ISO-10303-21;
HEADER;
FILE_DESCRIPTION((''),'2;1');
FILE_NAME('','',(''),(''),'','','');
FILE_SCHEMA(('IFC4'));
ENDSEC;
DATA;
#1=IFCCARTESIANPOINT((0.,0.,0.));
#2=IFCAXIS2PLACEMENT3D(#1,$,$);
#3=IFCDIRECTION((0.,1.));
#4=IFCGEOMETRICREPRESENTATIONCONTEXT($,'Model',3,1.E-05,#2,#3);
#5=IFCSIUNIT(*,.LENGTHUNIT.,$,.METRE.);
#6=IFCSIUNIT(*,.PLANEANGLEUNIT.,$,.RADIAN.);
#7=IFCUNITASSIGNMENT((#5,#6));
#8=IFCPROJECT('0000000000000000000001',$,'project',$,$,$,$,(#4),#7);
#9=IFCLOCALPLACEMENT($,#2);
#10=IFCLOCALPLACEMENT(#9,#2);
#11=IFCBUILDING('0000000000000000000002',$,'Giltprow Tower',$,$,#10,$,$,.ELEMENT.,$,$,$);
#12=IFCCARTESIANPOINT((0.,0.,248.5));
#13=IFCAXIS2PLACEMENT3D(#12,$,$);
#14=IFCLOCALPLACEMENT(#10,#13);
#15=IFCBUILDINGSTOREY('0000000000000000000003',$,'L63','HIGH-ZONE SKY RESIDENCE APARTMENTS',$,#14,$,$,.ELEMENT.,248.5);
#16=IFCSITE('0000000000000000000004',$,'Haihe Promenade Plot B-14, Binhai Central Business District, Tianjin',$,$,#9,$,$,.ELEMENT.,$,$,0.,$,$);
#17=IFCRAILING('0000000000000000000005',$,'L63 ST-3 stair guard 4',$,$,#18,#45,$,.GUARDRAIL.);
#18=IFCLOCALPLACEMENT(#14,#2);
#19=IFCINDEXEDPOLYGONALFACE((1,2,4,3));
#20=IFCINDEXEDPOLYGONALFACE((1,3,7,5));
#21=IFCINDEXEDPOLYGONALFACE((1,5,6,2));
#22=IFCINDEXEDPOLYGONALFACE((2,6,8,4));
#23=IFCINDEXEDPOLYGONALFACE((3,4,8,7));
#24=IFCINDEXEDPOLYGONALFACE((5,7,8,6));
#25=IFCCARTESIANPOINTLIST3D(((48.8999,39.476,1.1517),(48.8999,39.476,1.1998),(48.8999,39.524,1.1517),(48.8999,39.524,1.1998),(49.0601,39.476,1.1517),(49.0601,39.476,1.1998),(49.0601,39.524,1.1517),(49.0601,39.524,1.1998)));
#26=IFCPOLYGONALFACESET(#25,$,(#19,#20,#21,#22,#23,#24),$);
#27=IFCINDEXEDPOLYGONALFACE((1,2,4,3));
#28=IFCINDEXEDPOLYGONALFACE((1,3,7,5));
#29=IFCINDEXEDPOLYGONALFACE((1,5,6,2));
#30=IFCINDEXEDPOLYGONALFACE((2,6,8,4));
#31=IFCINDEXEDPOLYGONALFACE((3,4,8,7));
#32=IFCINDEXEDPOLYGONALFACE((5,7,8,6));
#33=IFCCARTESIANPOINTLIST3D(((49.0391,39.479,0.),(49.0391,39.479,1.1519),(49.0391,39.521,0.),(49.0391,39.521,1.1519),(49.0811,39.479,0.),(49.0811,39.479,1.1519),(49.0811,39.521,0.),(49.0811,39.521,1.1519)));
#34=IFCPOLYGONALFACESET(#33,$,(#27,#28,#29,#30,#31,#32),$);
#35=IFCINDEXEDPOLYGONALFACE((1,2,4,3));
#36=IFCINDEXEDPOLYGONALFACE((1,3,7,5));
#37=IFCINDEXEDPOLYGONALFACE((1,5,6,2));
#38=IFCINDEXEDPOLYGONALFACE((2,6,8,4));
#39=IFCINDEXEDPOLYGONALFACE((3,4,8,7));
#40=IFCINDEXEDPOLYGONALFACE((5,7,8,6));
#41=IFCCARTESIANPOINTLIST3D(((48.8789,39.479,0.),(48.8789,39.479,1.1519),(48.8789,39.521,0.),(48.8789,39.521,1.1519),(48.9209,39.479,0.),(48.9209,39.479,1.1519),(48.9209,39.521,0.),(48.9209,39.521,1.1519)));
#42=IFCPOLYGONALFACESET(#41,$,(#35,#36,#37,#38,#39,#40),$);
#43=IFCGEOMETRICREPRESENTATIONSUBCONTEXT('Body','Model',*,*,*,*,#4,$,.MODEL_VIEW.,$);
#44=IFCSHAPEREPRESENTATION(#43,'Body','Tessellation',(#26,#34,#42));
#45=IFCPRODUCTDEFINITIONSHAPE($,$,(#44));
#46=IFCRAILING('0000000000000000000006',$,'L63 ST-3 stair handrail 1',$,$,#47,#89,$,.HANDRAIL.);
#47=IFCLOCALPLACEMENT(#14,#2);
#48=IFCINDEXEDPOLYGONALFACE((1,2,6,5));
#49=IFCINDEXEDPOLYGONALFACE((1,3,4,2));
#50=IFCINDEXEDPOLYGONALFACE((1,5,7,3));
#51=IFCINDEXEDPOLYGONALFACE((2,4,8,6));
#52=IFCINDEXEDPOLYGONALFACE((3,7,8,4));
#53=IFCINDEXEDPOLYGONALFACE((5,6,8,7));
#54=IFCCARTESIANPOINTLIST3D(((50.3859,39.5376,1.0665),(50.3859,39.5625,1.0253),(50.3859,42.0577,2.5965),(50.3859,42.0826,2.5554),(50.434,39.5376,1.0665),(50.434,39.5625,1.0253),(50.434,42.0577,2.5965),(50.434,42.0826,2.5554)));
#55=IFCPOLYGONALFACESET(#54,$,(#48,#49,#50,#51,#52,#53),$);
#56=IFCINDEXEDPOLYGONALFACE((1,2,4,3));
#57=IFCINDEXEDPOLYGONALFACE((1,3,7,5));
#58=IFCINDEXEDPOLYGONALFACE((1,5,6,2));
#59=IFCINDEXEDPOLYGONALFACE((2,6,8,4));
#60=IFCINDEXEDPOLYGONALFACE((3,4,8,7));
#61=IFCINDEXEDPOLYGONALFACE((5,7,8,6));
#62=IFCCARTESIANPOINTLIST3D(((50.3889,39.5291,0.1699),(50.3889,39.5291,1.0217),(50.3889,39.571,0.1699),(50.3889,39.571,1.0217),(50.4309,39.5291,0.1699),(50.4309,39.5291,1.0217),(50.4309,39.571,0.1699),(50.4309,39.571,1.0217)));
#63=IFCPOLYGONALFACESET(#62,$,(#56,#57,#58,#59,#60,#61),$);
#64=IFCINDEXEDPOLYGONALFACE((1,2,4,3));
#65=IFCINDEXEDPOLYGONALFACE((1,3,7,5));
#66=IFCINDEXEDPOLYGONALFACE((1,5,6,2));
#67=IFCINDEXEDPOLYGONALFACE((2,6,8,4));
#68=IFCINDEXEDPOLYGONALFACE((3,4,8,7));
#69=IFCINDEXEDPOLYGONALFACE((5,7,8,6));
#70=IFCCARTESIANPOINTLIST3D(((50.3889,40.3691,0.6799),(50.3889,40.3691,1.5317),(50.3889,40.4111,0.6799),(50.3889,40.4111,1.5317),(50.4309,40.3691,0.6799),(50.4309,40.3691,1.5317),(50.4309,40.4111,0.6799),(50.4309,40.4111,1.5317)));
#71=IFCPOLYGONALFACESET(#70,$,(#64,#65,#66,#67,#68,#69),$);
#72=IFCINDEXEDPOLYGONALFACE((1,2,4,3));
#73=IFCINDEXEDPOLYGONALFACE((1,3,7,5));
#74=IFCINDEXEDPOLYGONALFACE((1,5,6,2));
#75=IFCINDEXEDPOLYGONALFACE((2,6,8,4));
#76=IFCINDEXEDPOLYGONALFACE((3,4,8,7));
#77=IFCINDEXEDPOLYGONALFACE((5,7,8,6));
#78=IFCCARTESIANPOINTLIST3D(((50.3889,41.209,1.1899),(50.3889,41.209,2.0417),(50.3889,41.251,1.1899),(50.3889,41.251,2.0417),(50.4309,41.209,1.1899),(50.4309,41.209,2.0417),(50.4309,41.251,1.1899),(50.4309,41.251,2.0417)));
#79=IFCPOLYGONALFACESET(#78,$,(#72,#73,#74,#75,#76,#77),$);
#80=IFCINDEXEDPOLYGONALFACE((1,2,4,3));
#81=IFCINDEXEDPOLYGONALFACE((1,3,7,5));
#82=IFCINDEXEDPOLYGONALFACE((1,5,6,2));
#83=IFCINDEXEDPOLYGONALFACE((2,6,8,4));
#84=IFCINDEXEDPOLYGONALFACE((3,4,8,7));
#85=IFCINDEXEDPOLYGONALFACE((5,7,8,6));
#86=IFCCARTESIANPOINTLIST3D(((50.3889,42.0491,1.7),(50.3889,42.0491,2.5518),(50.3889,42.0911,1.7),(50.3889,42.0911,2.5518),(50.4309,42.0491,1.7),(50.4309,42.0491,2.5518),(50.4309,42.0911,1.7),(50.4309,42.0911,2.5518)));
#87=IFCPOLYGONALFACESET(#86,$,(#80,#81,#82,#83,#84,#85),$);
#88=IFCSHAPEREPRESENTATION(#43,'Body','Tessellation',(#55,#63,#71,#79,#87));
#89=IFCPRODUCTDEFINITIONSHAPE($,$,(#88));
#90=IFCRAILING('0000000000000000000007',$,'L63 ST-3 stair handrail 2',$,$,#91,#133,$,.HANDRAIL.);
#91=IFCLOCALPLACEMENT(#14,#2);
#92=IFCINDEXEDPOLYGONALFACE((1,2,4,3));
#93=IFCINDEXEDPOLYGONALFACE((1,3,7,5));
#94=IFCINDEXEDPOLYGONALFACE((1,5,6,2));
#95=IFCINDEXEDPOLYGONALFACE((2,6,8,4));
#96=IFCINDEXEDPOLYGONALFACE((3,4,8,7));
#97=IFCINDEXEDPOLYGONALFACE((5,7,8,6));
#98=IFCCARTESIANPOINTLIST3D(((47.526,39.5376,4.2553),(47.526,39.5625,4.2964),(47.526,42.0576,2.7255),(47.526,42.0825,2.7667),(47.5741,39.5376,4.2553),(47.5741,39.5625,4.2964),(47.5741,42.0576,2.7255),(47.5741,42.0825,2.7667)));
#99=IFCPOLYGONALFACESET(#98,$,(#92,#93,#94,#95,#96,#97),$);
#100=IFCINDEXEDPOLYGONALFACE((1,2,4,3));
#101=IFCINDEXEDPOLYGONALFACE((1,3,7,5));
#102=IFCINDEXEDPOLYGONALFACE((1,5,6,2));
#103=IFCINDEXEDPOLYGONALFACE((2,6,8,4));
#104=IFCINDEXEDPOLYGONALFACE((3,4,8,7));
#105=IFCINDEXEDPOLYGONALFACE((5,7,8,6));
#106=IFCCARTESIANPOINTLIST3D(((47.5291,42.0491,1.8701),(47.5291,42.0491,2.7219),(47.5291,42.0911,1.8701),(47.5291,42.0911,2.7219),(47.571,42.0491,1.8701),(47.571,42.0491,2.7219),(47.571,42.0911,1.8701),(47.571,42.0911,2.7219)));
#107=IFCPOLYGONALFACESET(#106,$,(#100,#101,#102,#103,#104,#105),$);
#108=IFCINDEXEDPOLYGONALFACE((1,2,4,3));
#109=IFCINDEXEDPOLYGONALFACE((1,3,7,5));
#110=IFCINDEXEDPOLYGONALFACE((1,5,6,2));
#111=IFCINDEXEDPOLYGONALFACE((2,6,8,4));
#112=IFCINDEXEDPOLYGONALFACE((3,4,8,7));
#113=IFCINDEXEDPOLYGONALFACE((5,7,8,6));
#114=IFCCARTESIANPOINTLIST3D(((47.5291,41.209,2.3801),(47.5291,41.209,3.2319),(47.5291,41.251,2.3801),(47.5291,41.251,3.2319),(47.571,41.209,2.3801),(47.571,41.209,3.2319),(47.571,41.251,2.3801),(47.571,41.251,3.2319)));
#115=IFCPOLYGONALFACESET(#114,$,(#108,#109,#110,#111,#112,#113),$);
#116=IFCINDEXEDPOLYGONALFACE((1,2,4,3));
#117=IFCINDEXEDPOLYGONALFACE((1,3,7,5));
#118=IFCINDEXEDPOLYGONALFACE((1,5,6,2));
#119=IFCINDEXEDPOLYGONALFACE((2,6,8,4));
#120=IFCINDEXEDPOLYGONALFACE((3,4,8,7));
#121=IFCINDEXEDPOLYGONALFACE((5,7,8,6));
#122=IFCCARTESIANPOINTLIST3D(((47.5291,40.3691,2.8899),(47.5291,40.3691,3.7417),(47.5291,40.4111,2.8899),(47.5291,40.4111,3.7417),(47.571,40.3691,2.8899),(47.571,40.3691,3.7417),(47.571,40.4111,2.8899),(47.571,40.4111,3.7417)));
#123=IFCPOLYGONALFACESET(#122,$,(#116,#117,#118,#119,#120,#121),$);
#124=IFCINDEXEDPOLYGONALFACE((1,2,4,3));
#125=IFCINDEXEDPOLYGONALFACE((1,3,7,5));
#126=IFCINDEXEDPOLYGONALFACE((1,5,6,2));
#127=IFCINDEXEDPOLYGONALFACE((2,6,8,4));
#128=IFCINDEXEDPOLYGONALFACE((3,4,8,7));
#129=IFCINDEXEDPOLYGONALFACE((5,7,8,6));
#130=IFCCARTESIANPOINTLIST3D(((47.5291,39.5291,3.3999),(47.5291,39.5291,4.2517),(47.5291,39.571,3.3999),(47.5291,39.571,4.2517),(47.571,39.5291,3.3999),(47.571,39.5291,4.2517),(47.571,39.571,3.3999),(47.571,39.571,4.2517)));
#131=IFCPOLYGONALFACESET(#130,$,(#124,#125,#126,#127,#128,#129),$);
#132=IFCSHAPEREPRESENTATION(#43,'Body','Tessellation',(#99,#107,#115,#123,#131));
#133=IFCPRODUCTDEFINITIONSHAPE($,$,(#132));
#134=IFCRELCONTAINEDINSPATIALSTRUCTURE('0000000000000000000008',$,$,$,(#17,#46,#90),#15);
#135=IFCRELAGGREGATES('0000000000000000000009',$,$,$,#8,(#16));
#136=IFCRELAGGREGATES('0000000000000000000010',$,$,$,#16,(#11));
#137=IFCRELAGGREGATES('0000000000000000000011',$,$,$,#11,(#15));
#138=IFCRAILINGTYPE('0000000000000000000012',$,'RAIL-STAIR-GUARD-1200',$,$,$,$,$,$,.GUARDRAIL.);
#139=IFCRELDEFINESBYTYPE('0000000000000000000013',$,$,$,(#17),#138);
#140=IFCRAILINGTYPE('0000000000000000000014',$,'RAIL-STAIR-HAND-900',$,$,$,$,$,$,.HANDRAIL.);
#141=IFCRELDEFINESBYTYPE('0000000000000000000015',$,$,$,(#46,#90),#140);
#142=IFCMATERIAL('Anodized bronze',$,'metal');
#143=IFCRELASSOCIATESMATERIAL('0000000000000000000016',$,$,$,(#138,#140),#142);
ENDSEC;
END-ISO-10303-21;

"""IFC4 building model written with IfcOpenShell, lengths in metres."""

from ifc_helpers import new_model, si_unit, direction, frame, origin, origin_2d, place, context, subcontext, project, spatial, rectangle, extrude, material, type_object, element, save


model = new_model("IFC4")

# Units and contexts
model_context = context("Model", 3, precision=1e-05, world=origin(), true_north=direction((0.0, 1.0)))
body_context = subcontext(model_context, "Body", "Model", "MODEL_VIEW")
ifc_project = project(units=[si_unit("LENGTHUNIT", "METRE"), si_unit("PLANEANGLEUNIT", "RADIAN")], contexts=[model_context])

# Site, building, storey
site_placement = place(None, origin())
site = spatial("IfcSite", under=ifc_project, at=site_placement, Name="Haihe Promenade Plot B-14, Binhai Central Business District, Tianjin", CompositionType="ELEMENT", RefElevation=0.0)
building_placement = place(site_placement, origin())
building = spatial("IfcBuilding", under=site, at=building_placement, Name="Giltprow Tower", CompositionType="ELEMENT")
storey_placement = place(building_placement, frame((0.0, 0.0, 248.5)))
storey = spatial("IfcBuildingStorey", under=building, at=storey_placement, Name="L63", Description="HIGH-ZONE SKY RESIDENCE APARTMENTS", CompositionType="ELEMENT", Elevation=248.5)

# Railings
ifc_material_1 = material(Name="Anodized bronze", Category="metal")
railing_type_1 = type_object("IfcRailingType", Name="RAIL-STAIR-GUARD-1200", PredefinedType="GUARDRAIL", material=ifc_material_1)
railing_1_placement = place(storey_placement, frame((49.0601, 39.5, 0.0)))
element("IfcRailing", 1, at=railing_1_placement, inside=storey, type_object=railing_type_1, Name="L63 ST-3 stair guard 4", PredefinedType="GUARDRAIL", context=body_context, shape_type="SweptSolid", body=[
    extrude(rectangle(XDim=0.0481, YDim=0.0481, at=origin_2d()), frame((0.0, 0.0, 1.1758), z_axis=(-1.0, 0.0, 0.0), x_axis=(0.0, -1.0, 0.0)), (0.0, 0.0, 1.0), 0.1602),
    extrude(rectangle(XDim=0.042, YDim=0.042, at=origin_2d()), origin(), (0.0, 0.0, 1.0), 1.1519),
    extrude(rectangle(XDim=0.042, YDim=0.042, at=origin_2d()), frame((-0.1602, 0.0, 0.0)), (0.0, 0.0, 1.0), 1.1519),
])
railing_type_2 = type_object("IfcRailingType", Name="RAIL-STAIR-HAND-900", PredefinedType="HANDRAIL", material=ifc_material_1)
railing_2_placement = place(storey_placement, frame((50.4099, 39.55, 0.1699)))
element("IfcRailing", 2, at=railing_2_placement, inside=storey, type_object=railing_type_2, Name="L63 ST-3 stair handrail 1", PredefinedType="HANDRAIL", context=body_context, shape_type="SweptSolid", body=[
    extrude(rectangle(XDim=0.0481, YDim=0.0481, at=origin_2d()), frame((0.0, 0.0, 0.876), z_axis=(0.0, 0.854785, 0.518982), x_axis=(-1.0, 0.0, 0.0)), (0.0, 0.0, 1.0), 2.9482),
    extrude(rectangle(XDim=0.042, YDim=0.042, at=origin_2d()), origin(), (0.0, 0.0, 1.0), 0.8518),
    extrude(rectangle(XDim=0.042, YDim=0.042, at=origin_2d()), frame((0.0, 0.8401, 0.51)), (0.0, 0.0, 1.0), 0.8518),
    extrude(rectangle(XDim=0.042, YDim=0.042, at=origin_2d()), frame((0.0, 1.6799, 1.02)), (0.0, 0.0, 1.0), 0.8518),
    extrude(rectangle(XDim=0.042, YDim=0.042, at=origin_2d()), frame((0.0, 2.52, 1.53)), (0.0, 0.0, 1.0), 0.8518),
])
railing_3_placement = place(storey_placement, frame((47.55, 42.0701, 1.8701)))
element("IfcRailing", 3, at=railing_3_placement, inside=storey, type_object=railing_type_2, Name="L63 ST-3 stair handrail 2", PredefinedType="HANDRAIL", context=body_context, shape_type="SweptSolid", body=[
    extrude(rectangle(XDim=0.0481, YDim=0.0481, at=origin_2d()), frame((0.0, 0.0, 0.876), z_axis=(0.0, -0.854822, 0.518922), x_axis=(1.0, 0.0, 0.0)), (0.0, 0.0, 1.0), 2.948),
    extrude(rectangle(XDim=0.042, YDim=0.042, at=origin_2d()), origin(), (0.0, 0.0, 1.0), 0.8518),
    extrude(rectangle(XDim=0.042, YDim=0.042, at=origin_2d()), frame((0.0, -0.8401, 0.51)), (0.0, 0.0, 1.0), 0.8518),
    extrude(rectangle(XDim=0.042, YDim=0.042, at=origin_2d()), frame((0.0, -1.6799, 1.0198)), (0.0, 0.0, 1.0), 0.8518),
    extrude(rectangle(XDim=0.042, YDim=0.042, at=origin_2d()), frame((0.0, -2.52, 1.5298)), (0.0, 0.0, 1.0), 0.8518),
])

save(model, "model.ifc")
